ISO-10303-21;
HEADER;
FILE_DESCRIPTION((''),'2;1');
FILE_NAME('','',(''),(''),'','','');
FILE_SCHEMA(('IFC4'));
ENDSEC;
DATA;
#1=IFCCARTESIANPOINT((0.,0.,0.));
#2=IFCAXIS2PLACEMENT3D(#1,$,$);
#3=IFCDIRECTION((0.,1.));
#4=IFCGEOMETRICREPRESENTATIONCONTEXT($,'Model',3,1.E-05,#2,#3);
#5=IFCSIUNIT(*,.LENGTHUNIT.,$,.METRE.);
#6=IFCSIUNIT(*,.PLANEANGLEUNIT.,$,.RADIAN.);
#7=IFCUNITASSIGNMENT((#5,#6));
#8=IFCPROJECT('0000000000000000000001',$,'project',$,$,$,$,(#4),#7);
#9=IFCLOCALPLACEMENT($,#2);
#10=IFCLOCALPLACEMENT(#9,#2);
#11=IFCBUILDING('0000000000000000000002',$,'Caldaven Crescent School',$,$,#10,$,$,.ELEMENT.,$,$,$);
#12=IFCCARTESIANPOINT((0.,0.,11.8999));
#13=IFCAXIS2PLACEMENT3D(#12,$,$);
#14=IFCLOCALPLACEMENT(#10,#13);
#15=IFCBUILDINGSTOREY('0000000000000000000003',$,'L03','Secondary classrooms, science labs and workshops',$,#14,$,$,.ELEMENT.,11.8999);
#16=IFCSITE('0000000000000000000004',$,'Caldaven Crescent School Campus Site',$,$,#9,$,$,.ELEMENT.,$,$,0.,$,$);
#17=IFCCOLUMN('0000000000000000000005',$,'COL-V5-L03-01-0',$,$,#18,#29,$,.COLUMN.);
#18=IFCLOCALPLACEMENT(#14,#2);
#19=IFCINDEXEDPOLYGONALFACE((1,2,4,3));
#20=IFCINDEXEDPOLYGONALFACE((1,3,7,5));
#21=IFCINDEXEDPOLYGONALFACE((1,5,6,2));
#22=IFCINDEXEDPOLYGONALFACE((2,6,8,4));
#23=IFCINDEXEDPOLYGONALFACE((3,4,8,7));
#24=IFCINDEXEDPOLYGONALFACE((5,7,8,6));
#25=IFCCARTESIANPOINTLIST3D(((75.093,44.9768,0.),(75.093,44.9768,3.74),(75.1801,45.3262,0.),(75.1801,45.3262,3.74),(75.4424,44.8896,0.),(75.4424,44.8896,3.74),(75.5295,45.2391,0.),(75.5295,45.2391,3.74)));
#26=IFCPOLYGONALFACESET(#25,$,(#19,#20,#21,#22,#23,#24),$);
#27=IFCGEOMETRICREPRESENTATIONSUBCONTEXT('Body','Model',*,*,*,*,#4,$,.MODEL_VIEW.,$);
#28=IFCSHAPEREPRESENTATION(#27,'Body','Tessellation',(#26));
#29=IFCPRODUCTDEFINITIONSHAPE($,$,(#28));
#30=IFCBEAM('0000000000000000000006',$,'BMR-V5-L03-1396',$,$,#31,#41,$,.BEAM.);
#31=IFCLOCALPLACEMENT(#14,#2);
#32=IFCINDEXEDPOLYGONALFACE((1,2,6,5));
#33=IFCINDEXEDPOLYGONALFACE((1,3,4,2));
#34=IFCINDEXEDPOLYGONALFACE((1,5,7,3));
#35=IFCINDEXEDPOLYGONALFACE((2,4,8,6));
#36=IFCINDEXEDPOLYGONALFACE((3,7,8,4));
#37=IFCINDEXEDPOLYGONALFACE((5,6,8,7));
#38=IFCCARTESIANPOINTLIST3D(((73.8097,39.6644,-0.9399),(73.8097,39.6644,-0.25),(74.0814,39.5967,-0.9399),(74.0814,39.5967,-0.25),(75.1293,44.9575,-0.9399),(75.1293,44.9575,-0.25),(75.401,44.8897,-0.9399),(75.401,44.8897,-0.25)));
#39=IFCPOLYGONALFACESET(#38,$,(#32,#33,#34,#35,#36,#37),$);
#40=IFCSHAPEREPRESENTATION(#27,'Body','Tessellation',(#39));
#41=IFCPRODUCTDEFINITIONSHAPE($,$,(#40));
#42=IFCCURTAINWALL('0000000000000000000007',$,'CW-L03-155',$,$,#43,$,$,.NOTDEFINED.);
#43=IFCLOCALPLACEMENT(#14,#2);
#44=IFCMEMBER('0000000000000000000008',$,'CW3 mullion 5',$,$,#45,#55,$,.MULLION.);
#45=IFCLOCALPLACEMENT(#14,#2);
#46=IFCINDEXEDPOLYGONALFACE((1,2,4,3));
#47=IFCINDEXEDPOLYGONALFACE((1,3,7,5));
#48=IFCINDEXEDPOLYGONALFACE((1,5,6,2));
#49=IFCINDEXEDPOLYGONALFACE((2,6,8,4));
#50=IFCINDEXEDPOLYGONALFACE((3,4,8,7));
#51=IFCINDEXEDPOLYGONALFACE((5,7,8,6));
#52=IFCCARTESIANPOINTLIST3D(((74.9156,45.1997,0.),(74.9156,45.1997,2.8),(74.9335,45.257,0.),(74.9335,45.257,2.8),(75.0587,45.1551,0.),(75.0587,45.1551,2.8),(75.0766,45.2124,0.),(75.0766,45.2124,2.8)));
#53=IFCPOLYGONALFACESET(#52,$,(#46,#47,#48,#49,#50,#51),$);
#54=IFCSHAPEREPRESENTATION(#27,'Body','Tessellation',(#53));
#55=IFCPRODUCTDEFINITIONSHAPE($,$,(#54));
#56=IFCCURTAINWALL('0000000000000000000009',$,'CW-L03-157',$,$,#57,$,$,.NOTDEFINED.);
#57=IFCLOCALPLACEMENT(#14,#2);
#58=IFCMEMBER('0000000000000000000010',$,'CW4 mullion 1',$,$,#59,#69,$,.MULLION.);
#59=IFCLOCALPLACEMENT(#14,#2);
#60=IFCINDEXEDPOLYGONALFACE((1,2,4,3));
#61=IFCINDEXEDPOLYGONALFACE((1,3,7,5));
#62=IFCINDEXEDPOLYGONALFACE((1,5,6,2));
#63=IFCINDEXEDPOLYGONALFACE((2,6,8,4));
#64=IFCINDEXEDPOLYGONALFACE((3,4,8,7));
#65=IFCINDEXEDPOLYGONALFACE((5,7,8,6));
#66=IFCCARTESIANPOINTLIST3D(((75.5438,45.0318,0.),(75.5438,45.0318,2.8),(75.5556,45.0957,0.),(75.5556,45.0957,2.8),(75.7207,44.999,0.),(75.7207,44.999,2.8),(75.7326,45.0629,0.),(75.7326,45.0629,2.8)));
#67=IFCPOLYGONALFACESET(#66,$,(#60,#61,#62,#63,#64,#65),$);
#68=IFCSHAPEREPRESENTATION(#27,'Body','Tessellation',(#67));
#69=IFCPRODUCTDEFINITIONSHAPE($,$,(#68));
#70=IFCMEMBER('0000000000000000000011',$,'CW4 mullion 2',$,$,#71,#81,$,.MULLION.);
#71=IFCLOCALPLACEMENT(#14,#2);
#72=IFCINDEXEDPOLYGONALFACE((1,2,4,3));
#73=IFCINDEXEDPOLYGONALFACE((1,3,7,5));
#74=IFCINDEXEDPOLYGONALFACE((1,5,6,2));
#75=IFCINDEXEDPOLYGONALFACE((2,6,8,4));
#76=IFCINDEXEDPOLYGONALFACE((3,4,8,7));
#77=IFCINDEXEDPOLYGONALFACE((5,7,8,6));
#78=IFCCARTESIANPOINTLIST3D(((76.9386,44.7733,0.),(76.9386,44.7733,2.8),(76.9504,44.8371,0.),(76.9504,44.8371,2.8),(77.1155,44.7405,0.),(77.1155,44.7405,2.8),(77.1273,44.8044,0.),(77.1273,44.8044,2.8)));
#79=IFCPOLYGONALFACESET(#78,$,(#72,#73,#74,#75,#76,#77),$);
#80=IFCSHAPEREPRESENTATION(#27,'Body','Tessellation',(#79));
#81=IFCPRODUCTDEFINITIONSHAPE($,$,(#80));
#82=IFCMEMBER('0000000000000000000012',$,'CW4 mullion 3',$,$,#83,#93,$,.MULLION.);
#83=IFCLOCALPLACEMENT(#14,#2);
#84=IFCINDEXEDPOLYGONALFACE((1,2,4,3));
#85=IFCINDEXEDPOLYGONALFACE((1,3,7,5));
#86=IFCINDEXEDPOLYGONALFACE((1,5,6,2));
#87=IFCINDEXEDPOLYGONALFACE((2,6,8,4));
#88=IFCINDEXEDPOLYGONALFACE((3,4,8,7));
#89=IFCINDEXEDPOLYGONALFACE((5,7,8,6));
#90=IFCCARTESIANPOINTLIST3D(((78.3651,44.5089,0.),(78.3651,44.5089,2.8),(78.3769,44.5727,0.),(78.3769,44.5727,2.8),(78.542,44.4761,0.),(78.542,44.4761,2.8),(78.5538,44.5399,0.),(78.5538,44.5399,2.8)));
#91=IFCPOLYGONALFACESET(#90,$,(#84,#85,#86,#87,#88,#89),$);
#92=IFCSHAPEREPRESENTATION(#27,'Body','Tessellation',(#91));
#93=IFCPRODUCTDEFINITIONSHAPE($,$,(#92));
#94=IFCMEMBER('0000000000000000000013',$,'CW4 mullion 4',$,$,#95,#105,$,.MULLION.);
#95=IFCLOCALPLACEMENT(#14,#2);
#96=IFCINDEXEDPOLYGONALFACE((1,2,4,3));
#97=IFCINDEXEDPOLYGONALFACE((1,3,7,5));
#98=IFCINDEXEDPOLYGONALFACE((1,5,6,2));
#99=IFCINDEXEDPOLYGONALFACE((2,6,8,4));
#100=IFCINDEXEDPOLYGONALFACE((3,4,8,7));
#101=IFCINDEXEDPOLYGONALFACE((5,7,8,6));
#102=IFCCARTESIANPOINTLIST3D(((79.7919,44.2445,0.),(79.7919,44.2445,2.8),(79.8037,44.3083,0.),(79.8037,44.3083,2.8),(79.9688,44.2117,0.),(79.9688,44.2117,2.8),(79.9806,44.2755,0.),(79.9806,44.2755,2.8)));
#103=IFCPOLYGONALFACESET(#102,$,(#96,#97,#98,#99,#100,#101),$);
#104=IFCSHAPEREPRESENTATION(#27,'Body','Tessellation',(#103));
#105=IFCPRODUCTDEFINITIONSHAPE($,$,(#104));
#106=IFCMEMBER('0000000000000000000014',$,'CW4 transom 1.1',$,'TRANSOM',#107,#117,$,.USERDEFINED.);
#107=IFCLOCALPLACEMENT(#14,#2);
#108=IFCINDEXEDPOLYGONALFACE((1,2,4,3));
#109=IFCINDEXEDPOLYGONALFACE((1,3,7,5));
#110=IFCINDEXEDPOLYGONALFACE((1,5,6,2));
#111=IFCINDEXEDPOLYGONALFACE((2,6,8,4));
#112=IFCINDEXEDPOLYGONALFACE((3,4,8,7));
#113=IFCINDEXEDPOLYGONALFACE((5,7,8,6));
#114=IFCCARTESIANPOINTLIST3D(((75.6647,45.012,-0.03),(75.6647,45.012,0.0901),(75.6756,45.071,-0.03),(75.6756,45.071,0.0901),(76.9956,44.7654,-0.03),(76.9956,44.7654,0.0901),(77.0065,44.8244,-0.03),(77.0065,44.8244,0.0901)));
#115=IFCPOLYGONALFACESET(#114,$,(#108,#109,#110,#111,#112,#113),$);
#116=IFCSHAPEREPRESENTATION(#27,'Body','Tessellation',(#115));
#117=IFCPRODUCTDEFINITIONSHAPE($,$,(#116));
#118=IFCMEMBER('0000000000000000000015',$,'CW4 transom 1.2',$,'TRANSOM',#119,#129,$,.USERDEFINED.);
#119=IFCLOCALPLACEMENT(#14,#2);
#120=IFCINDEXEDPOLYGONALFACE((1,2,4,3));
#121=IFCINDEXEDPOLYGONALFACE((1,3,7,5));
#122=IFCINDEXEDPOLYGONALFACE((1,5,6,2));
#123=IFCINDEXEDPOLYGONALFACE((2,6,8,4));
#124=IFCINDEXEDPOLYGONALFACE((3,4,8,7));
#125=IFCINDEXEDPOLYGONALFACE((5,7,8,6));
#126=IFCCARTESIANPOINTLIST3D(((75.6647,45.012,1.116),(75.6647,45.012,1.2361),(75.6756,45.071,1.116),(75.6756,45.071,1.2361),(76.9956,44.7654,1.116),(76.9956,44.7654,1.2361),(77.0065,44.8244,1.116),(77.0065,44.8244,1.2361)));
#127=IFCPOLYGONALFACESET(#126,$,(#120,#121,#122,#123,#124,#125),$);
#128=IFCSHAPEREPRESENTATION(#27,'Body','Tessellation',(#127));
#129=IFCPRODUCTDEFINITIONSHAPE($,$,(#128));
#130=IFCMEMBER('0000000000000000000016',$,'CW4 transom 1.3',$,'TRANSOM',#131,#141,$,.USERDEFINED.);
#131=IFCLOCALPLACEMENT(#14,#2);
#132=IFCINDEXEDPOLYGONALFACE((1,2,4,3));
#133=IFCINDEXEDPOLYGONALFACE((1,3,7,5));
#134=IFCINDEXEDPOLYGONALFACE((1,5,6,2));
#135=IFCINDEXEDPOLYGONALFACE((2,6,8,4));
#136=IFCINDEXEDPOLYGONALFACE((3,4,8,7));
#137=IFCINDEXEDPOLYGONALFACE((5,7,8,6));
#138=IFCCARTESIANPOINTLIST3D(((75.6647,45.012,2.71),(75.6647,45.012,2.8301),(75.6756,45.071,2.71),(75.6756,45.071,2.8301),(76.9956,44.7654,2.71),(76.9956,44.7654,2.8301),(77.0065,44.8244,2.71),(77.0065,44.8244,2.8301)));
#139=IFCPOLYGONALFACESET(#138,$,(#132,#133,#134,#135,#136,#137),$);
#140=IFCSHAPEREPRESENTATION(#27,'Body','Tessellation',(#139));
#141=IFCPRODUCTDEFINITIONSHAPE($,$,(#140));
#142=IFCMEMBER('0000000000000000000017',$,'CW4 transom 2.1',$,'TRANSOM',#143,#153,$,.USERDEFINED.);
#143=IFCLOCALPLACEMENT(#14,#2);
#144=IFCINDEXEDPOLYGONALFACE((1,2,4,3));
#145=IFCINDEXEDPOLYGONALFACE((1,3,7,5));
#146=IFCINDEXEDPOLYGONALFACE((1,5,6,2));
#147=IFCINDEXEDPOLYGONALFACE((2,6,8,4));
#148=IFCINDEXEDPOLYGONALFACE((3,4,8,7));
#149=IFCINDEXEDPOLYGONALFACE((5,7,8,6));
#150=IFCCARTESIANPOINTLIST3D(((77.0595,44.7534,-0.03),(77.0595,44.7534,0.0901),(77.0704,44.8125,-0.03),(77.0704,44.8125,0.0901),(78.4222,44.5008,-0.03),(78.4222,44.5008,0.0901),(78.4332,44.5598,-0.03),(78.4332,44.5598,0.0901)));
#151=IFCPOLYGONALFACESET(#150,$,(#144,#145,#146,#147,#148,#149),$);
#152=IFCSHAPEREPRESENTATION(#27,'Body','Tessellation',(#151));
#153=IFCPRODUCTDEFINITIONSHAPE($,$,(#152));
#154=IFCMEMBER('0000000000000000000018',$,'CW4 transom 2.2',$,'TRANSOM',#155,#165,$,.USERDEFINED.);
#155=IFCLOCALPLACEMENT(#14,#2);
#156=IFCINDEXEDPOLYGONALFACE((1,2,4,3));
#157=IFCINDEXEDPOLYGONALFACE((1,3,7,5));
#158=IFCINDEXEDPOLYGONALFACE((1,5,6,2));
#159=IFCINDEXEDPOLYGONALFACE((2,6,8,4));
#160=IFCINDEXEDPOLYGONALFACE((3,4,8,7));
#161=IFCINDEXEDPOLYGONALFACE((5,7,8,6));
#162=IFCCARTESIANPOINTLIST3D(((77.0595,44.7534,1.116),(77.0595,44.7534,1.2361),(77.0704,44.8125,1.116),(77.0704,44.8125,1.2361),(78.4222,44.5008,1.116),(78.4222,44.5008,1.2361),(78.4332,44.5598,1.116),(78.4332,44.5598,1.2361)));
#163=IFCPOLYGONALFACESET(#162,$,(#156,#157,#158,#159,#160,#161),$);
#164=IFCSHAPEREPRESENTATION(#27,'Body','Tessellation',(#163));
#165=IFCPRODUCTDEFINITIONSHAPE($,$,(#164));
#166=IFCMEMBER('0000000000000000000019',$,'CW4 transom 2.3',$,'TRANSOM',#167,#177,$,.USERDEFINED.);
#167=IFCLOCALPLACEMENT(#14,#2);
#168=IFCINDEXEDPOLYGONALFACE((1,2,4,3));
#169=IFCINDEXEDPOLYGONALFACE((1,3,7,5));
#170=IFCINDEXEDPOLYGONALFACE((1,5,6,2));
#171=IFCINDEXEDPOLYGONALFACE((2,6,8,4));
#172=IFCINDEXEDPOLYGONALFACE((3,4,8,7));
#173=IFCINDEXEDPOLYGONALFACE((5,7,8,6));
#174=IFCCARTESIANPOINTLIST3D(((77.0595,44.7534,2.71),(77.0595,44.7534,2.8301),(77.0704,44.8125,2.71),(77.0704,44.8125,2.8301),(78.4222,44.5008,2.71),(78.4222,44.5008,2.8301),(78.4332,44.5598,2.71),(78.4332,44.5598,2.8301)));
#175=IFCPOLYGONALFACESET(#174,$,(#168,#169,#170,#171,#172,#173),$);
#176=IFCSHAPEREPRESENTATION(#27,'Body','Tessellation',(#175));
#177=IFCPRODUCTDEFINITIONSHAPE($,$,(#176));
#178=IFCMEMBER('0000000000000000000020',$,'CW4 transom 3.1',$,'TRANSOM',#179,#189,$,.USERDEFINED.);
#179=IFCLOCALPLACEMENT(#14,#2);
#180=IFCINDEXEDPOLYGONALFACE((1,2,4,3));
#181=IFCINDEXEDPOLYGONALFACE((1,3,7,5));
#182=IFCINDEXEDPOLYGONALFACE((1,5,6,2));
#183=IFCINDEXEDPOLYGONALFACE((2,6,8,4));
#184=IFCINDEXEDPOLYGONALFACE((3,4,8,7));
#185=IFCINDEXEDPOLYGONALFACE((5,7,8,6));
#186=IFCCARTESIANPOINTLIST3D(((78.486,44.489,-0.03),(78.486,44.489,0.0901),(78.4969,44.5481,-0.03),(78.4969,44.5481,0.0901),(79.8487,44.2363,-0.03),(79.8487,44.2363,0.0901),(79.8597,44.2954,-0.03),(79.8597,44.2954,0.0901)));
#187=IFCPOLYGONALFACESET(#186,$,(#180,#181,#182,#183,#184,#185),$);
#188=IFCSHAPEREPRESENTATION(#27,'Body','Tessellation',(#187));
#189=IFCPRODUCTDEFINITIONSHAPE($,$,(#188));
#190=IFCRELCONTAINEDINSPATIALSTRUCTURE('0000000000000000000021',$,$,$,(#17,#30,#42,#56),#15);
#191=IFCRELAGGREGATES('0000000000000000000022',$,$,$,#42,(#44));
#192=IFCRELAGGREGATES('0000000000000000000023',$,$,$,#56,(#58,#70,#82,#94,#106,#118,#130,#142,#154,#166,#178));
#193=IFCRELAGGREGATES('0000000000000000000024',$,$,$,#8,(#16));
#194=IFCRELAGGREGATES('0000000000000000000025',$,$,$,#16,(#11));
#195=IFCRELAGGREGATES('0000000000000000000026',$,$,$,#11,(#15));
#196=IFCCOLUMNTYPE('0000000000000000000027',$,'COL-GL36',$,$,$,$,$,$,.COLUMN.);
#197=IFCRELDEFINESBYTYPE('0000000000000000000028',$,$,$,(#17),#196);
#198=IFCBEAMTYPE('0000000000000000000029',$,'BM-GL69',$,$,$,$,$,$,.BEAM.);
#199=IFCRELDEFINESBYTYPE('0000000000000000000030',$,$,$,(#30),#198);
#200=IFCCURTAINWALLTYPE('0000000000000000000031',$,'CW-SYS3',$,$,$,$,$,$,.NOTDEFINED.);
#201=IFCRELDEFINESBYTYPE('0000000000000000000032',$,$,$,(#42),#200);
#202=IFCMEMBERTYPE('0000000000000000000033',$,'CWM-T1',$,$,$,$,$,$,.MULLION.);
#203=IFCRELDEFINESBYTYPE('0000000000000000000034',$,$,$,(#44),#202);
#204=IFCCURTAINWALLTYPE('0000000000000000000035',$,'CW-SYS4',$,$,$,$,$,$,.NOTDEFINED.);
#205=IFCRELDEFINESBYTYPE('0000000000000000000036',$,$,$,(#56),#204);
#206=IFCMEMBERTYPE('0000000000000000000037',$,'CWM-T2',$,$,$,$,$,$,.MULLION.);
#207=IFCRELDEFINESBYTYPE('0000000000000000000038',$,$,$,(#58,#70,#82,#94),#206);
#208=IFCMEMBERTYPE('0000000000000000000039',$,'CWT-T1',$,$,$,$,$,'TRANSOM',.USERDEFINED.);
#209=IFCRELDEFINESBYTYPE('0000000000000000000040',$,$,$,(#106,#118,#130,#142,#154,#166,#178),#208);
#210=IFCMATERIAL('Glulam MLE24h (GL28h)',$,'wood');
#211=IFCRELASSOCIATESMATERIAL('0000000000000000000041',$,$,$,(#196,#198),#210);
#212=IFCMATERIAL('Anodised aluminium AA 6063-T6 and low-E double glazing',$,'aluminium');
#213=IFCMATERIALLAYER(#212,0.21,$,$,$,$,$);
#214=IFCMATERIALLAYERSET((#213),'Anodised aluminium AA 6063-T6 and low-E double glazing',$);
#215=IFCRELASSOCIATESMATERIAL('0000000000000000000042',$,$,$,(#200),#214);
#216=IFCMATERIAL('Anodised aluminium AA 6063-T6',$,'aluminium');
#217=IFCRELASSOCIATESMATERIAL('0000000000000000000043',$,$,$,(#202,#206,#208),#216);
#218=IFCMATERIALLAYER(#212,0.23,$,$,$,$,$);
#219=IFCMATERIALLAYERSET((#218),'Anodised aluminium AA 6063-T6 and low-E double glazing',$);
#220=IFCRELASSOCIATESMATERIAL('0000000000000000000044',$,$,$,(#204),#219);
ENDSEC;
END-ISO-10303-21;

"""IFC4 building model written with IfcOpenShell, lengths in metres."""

from ifc_helpers import new_model, si_unit, direction, frame, origin, origin_2d, place, context, subcontext, project, spatial, rectangle, extrude, material, layer, layer_set, material_profile, profile_set, type_object, element, aggregate, save


model = new_model("IFC4")

# Units and contexts
model_context = context("Model", 3, precision=1e-05, world=origin(), true_north=direction((0.0, 1.0)))
body_context = subcontext(model_context, "Body", "Model", "MODEL_VIEW")
ifc_project = project(units=[si_unit("LENGTHUNIT", "METRE"), si_unit("PLANEANGLEUNIT", "RADIAN")], contexts=[model_context])

# Site, building, storey
site_placement = place(None, origin())
site = spatial("IfcSite", under=ifc_project, at=site_placement, Name="Caldaven Crescent School Campus Site", CompositionType="ELEMENT", RefElevation=0.0)
building_placement = place(site_placement, origin())
building = spatial("IfcBuilding", under=site, at=building_placement, Name="Caldaven Crescent School", CompositionType="ELEMENT")
storey_placement = place(building_placement, frame((0.0, 0.0, 11.8999)))
storey = spatial("IfcBuildingStorey", under=building, at=storey_placement, Name="L03", Description="Secondary classrooms, science labs and workshops", CompositionType="ELEMENT", Elevation=11.8999)

# Column
ifc_material_1 = material(Name="Glulam MLE24h (GL28h)", Category="wood")
ifc_material_profile_1 = material_profile(ifc_material_1, rectangle(XDim=0.3601, YDim=0.3601, at=origin_2d()), Name="MLE 360x360")
ifc_profile_set_1 = profile_set([ifc_material_profile_1], Name="Glulam MLE24h (GL28h)")
column_type = type_object("IfcColumnType", Name="COL-GL36", PredefinedType="COLUMN", material=ifc_profile_set_1)
column_placement = place(storey_placement, frame((75.3113, 45.1079, 0.0), z_axis=(0.0, 0.0, 1.0), x_axis=(-0.241922, -0.970296, 0.0)))
element("IfcColumn", 1, at=column_placement, inside=storey, type_object=column_type, Name="COL-V5-L03-01-0", PredefinedType="COLUMN", context=body_context, shape_type="SweptSolid", body=[
    extrude(rectangle(XDim=0.3601, YDim=0.3601, at=origin_2d()), origin(), (0.0, 0.0, 1.0), 3.74),
])

# Beam
ifc_material_profile_2 = material_profile(ifc_material_1, rectangle(XDim=0.28, YDim=0.6899, at=origin_2d()), Name="MLE 280x690")
ifc_profile_set_2 = profile_set([ifc_material_profile_2], Name="Glulam MLE24h (GL28h)")
beam_type_1 = type_object("IfcBeamType", Name="BM-GL69", PredefinedType="BEAM", material=ifc_profile_set_2)
beam_1_placement = place(storey_placement, frame((75.2651, 44.9236, -0.595), z_axis=(-0.241904, -0.9703, 0.0), x_axis=(0.9703, -0.241904, 0.0)))
element("IfcBeam", 2, at=beam_1_placement, inside=storey, type_object=beam_type_1, Name="BMR-V5-L03-1396", PredefinedType="BEAM", context=body_context, shape_type="SweptSolid", body=[
    extrude(rectangle(XDim=0.28, YDim=0.6899, at=origin_2d()), origin(), (0.0, 0.0, 1.0), 5.4551),
])

# Curtain wall, member
ifc_material_2 = material(Name="Anodised aluminium AA 6063-T6 and low-E double glazing", Category="aluminium")
ifc_layer_1 = layer(ifc_material_2, 0.21)
ifc_layer_set_1 = layer_set([ifc_layer_1], Name="Anodised aluminium AA 6063-T6 and low-E double glazing")
curtain_wall_type_1 = type_object("IfcCurtainWallType", Name="CW-SYS3", PredefinedType="NOTDEFINED", material=ifc_layer_set_1)
curtain_wall_1_placement = place(storey_placement, origin())
curtain_wall_1 = element("IfcCurtainWall", 3, at=curtain_wall_1_placement, inside=storey, type_object=curtain_wall_type_1, Name="CW-L03-155", PredefinedType="NOTDEFINED")
ifc_material_3 = material(Name="Anodised aluminium AA 6063-T6", Category="aluminium")
ifc_material_profile_3 = material_profile(ifc_material_3, rectangle(XDim=0.0601, YDim=0.1499, at=origin_2d()), Name="CWM 60x150")
ifc_profile_set_3 = profile_set([ifc_material_profile_3], Name="Anodised aluminium AA 6063-T6")
member_type_1 = type_object("IfcMemberType", Name="CWM-T1", PredefinedType="MULLION", material=ifc_profile_set_3)
member_1_placement = place(storey_placement, frame((74.9961, 45.2061, 0.0), z_axis=(0.0, 0.0, 1.0), x_axis=(0.29742, 0.954747, 0.0)))
member_1 = element("IfcMember", 4, at=member_1_placement, type_object=member_type_1, Name="CW3 mullion 5", PredefinedType="MULLION", context=body_context, shape_type="SweptSolid", body=[
    extrude(rectangle(XDim=0.0601, YDim=0.1499, at=origin_2d()), origin(), (0.0, 0.0, 1.0), 2.8),
])
aggregate(curtain_wall_1, [member_1])

# Curtain wall, members
ifc_layer_2 = layer(ifc_material_2, 0.23)
ifc_layer_set_2 = layer_set([ifc_layer_2], Name="Anodised aluminium AA 6063-T6 and low-E double glazing")
curtain_wall_type_2 = type_object("IfcCurtainWallType", Name="CW-SYS4", PredefinedType="NOTDEFINED", material=ifc_layer_set_2)
curtain_wall_2_placement = place(storey_placement, origin())
curtain_wall_2 = element("IfcCurtainWall", 5, at=curtain_wall_2_placement, inside=storey, type_object=curtain_wall_type_2, Name="CW-L03-157", PredefinedType="NOTDEFINED")
ifc_material_profile_4 = material_profile(ifc_material_3, rectangle(XDim=0.0649, YDim=0.1799, at=origin_2d()), Name="CWM 65x180")
ifc_profile_set_4 = profile_set([ifc_material_profile_4], Name="Anodised aluminium AA 6063-T6")
member_type_2 = type_object("IfcMemberType", Name="CWM-T2", PredefinedType="MULLION", material=ifc_profile_set_4)
member_2_placement = place(storey_placement, frame((75.6382, 45.0474, 0.0), z_axis=(0.0, 0.0, 1.0), x_axis=(0.182236, 0.983255, 0.0)))
member_2 = element("IfcMember", 6, at=member_2_placement, type_object=member_type_2, Name="CW4 mullion 1", PredefinedType="MULLION", context=body_context, shape_type="SweptSolid", body=[
    extrude(rectangle(XDim=0.0649, YDim=0.1799, at=origin_2d()), origin(), (0.0, 0.0, 1.0), 2.8),
])
member_3_placement = place(storey_placement, frame((77.033, 44.7888, 0.0), z_axis=(0.0, 0.0, 1.0), x_axis=(0.182236, 0.983255, 0.0)))
member_3 = element("IfcMember", 7, at=member_3_placement, type_object=member_type_2, Name="CW4 mullion 2", PredefinedType="MULLION", context=body_context, shape_type="SweptSolid", body=[
    extrude(rectangle(XDim=0.0649, YDim=0.1799, at=origin_2d()), origin(), (0.0, 0.0, 1.0), 2.8),
])
member_4_placement = place(storey_placement, frame((78.4595, 44.5244, 0.0), z_axis=(0.0, 0.0, 1.0), x_axis=(0.182236, 0.983255, 0.0)))
member_4 = element("IfcMember", 8, at=member_4_placement, type_object=member_type_2, Name="CW4 mullion 3", PredefinedType="MULLION", context=body_context, shape_type="SweptSolid", body=[
    extrude(rectangle(XDim=0.0649, YDim=0.1799, at=origin_2d()), origin(), (0.0, 0.0, 1.0), 2.8),
])
member_5_placement = place(storey_placement, frame((79.8862, 44.26, 0.0), z_axis=(0.0, 0.0, 1.0), x_axis=(0.182236, 0.983255, 0.0)))
member_5 = element("IfcMember", 9, at=member_5_placement, type_object=member_type_2, Name="CW4 mullion 4", PredefinedType="MULLION", context=body_context, shape_type="SweptSolid", body=[
    extrude(rectangle(XDim=0.0649, YDim=0.1799, at=origin_2d()), origin(), (0.0, 0.0, 1.0), 2.8),
])
ifc_material_profile_5 = material_profile(ifc_material_3, rectangle(XDim=0.0601, YDim=0.1201, at=origin_2d()), Name="CWT 60x120")
ifc_profile_set_5 = profile_set([ifc_material_profile_5], Name="Anodised aluminium AA 6063-T6")
member_type_3 = type_object("IfcMemberType", Name="CWT-T1", ElementType="TRANSOM", PredefinedType="USERDEFINED", material=ifc_profile_set_5)
member_6_placement = place(storey_placement, frame((75.6702, 45.0415, 0.03), z_axis=(0.983264, -0.182186, 0.0), x_axis=(0.182186, 0.983264, 0.0)))
member_6 = element("IfcMember", 10, at=member_6_placement, type_object=member_type_3, Name="CW4 transom 1.1", ObjectType="TRANSOM", PredefinedType="USERDEFINED", context=body_context, shape_type="SweptSolid", body=[
    extrude(rectangle(XDim=0.0601, YDim=0.1201, at=origin_2d()), origin(), (0.0, 0.0, 1.0), 1.3535),
])
member_7_placement = place(storey_placement, frame((75.6702, 45.0415, 1.176), z_axis=(0.983264, -0.182186, 0.0), x_axis=(0.182186, 0.983264, 0.0)))
member_7 = element("IfcMember", 11, at=member_7_placement, type_object=member_type_3, Name="CW4 transom 1.2", ObjectType="TRANSOM", PredefinedType="USERDEFINED", context=body_context, shape_type="SweptSolid", body=[
    extrude(rectangle(XDim=0.0601, YDim=0.1201, at=origin_2d()), origin(), (0.0, 0.0, 1.0), 1.3535),
])
member_8_placement = place(storey_placement, frame((75.6702, 45.0415, 2.77), z_axis=(0.983264, -0.182186, 0.0), x_axis=(0.182186, 0.983264, 0.0)))
member_8 = element("IfcMember", 12, at=member_8_placement, type_object=member_type_3, Name="CW4 transom 1.3", ObjectType="TRANSOM", PredefinedType="USERDEFINED", context=body_context, shape_type="SweptSolid", body=[
    extrude(rectangle(XDim=0.0601, YDim=0.1201, at=origin_2d()), origin(), (0.0, 0.0, 1.0), 1.3535),
])
member_9_placement = place(storey_placement, frame((77.0649, 44.783, 0.03), z_axis=(0.983241, -0.18231, 0.0), x_axis=(0.18231, 0.983241, 0.0)))
member_9 = element("IfcMember", 13, at=member_9_placement, type_object=member_type_3, Name="CW4 transom 2.1", ObjectType="TRANSOM", PredefinedType="USERDEFINED", context=body_context, shape_type="SweptSolid", body=[
    extrude(rectangle(XDim=0.0601, YDim=0.1201, at=origin_2d()), origin(), (0.0, 0.0, 1.0), 1.386),
])
member_10_placement = place(storey_placement, frame((77.0649, 44.783, 1.176), z_axis=(0.983241, -0.18231, 0.0), x_axis=(0.18231, 0.983241, 0.0)))
member_10 = element("IfcMember", 14, at=member_10_placement, type_object=member_type_3, Name="CW4 transom 2.2", ObjectType="TRANSOM", PredefinedType="USERDEFINED", context=body_context, shape_type="SweptSolid", body=[
    extrude(rectangle(XDim=0.0601, YDim=0.1201, at=origin_2d()), origin(), (0.0, 0.0, 1.0), 1.386),
])
member_11_placement = place(storey_placement, frame((77.0649, 44.783, 2.77), z_axis=(0.983241, -0.18231, 0.0), x_axis=(0.18231, 0.983241, 0.0)))
member_11 = element("IfcMember", 15, at=member_11_placement, type_object=member_type_3, Name="CW4 transom 2.3", ObjectType="TRANSOM", PredefinedType="USERDEFINED", context=body_context, shape_type="SweptSolid", body=[
    extrude(rectangle(XDim=0.0601, YDim=0.1201, at=origin_2d()), origin(), (0.0, 0.0, 1.0), 1.386),
])
member_12_placement = place(storey_placement, frame((78.4915, 44.5186, 0.03), z_axis=(0.983241, -0.18231, 0.0), x_axis=(0.18231, 0.983241, 0.0)))
member_12 = element("IfcMember", 16, at=member_12_placement, type_object=member_type_3, Name="CW4 transom 3.1", ObjectType="TRANSOM", PredefinedType="USERDEFINED", context=body_context, shape_type="SweptSolid", body=[
    extrude(rectangle(XDim=0.0601, YDim=0.1201, at=origin_2d()), origin(), (0.0, 0.0, 1.0), 1.386),
])

aggregate(curtain_wall_2, [member_2, member_3, member_4, member_5, member_6, member_7, member_8, member_9, member_10, member_11, member_12])

save(model, "model.ifc")
